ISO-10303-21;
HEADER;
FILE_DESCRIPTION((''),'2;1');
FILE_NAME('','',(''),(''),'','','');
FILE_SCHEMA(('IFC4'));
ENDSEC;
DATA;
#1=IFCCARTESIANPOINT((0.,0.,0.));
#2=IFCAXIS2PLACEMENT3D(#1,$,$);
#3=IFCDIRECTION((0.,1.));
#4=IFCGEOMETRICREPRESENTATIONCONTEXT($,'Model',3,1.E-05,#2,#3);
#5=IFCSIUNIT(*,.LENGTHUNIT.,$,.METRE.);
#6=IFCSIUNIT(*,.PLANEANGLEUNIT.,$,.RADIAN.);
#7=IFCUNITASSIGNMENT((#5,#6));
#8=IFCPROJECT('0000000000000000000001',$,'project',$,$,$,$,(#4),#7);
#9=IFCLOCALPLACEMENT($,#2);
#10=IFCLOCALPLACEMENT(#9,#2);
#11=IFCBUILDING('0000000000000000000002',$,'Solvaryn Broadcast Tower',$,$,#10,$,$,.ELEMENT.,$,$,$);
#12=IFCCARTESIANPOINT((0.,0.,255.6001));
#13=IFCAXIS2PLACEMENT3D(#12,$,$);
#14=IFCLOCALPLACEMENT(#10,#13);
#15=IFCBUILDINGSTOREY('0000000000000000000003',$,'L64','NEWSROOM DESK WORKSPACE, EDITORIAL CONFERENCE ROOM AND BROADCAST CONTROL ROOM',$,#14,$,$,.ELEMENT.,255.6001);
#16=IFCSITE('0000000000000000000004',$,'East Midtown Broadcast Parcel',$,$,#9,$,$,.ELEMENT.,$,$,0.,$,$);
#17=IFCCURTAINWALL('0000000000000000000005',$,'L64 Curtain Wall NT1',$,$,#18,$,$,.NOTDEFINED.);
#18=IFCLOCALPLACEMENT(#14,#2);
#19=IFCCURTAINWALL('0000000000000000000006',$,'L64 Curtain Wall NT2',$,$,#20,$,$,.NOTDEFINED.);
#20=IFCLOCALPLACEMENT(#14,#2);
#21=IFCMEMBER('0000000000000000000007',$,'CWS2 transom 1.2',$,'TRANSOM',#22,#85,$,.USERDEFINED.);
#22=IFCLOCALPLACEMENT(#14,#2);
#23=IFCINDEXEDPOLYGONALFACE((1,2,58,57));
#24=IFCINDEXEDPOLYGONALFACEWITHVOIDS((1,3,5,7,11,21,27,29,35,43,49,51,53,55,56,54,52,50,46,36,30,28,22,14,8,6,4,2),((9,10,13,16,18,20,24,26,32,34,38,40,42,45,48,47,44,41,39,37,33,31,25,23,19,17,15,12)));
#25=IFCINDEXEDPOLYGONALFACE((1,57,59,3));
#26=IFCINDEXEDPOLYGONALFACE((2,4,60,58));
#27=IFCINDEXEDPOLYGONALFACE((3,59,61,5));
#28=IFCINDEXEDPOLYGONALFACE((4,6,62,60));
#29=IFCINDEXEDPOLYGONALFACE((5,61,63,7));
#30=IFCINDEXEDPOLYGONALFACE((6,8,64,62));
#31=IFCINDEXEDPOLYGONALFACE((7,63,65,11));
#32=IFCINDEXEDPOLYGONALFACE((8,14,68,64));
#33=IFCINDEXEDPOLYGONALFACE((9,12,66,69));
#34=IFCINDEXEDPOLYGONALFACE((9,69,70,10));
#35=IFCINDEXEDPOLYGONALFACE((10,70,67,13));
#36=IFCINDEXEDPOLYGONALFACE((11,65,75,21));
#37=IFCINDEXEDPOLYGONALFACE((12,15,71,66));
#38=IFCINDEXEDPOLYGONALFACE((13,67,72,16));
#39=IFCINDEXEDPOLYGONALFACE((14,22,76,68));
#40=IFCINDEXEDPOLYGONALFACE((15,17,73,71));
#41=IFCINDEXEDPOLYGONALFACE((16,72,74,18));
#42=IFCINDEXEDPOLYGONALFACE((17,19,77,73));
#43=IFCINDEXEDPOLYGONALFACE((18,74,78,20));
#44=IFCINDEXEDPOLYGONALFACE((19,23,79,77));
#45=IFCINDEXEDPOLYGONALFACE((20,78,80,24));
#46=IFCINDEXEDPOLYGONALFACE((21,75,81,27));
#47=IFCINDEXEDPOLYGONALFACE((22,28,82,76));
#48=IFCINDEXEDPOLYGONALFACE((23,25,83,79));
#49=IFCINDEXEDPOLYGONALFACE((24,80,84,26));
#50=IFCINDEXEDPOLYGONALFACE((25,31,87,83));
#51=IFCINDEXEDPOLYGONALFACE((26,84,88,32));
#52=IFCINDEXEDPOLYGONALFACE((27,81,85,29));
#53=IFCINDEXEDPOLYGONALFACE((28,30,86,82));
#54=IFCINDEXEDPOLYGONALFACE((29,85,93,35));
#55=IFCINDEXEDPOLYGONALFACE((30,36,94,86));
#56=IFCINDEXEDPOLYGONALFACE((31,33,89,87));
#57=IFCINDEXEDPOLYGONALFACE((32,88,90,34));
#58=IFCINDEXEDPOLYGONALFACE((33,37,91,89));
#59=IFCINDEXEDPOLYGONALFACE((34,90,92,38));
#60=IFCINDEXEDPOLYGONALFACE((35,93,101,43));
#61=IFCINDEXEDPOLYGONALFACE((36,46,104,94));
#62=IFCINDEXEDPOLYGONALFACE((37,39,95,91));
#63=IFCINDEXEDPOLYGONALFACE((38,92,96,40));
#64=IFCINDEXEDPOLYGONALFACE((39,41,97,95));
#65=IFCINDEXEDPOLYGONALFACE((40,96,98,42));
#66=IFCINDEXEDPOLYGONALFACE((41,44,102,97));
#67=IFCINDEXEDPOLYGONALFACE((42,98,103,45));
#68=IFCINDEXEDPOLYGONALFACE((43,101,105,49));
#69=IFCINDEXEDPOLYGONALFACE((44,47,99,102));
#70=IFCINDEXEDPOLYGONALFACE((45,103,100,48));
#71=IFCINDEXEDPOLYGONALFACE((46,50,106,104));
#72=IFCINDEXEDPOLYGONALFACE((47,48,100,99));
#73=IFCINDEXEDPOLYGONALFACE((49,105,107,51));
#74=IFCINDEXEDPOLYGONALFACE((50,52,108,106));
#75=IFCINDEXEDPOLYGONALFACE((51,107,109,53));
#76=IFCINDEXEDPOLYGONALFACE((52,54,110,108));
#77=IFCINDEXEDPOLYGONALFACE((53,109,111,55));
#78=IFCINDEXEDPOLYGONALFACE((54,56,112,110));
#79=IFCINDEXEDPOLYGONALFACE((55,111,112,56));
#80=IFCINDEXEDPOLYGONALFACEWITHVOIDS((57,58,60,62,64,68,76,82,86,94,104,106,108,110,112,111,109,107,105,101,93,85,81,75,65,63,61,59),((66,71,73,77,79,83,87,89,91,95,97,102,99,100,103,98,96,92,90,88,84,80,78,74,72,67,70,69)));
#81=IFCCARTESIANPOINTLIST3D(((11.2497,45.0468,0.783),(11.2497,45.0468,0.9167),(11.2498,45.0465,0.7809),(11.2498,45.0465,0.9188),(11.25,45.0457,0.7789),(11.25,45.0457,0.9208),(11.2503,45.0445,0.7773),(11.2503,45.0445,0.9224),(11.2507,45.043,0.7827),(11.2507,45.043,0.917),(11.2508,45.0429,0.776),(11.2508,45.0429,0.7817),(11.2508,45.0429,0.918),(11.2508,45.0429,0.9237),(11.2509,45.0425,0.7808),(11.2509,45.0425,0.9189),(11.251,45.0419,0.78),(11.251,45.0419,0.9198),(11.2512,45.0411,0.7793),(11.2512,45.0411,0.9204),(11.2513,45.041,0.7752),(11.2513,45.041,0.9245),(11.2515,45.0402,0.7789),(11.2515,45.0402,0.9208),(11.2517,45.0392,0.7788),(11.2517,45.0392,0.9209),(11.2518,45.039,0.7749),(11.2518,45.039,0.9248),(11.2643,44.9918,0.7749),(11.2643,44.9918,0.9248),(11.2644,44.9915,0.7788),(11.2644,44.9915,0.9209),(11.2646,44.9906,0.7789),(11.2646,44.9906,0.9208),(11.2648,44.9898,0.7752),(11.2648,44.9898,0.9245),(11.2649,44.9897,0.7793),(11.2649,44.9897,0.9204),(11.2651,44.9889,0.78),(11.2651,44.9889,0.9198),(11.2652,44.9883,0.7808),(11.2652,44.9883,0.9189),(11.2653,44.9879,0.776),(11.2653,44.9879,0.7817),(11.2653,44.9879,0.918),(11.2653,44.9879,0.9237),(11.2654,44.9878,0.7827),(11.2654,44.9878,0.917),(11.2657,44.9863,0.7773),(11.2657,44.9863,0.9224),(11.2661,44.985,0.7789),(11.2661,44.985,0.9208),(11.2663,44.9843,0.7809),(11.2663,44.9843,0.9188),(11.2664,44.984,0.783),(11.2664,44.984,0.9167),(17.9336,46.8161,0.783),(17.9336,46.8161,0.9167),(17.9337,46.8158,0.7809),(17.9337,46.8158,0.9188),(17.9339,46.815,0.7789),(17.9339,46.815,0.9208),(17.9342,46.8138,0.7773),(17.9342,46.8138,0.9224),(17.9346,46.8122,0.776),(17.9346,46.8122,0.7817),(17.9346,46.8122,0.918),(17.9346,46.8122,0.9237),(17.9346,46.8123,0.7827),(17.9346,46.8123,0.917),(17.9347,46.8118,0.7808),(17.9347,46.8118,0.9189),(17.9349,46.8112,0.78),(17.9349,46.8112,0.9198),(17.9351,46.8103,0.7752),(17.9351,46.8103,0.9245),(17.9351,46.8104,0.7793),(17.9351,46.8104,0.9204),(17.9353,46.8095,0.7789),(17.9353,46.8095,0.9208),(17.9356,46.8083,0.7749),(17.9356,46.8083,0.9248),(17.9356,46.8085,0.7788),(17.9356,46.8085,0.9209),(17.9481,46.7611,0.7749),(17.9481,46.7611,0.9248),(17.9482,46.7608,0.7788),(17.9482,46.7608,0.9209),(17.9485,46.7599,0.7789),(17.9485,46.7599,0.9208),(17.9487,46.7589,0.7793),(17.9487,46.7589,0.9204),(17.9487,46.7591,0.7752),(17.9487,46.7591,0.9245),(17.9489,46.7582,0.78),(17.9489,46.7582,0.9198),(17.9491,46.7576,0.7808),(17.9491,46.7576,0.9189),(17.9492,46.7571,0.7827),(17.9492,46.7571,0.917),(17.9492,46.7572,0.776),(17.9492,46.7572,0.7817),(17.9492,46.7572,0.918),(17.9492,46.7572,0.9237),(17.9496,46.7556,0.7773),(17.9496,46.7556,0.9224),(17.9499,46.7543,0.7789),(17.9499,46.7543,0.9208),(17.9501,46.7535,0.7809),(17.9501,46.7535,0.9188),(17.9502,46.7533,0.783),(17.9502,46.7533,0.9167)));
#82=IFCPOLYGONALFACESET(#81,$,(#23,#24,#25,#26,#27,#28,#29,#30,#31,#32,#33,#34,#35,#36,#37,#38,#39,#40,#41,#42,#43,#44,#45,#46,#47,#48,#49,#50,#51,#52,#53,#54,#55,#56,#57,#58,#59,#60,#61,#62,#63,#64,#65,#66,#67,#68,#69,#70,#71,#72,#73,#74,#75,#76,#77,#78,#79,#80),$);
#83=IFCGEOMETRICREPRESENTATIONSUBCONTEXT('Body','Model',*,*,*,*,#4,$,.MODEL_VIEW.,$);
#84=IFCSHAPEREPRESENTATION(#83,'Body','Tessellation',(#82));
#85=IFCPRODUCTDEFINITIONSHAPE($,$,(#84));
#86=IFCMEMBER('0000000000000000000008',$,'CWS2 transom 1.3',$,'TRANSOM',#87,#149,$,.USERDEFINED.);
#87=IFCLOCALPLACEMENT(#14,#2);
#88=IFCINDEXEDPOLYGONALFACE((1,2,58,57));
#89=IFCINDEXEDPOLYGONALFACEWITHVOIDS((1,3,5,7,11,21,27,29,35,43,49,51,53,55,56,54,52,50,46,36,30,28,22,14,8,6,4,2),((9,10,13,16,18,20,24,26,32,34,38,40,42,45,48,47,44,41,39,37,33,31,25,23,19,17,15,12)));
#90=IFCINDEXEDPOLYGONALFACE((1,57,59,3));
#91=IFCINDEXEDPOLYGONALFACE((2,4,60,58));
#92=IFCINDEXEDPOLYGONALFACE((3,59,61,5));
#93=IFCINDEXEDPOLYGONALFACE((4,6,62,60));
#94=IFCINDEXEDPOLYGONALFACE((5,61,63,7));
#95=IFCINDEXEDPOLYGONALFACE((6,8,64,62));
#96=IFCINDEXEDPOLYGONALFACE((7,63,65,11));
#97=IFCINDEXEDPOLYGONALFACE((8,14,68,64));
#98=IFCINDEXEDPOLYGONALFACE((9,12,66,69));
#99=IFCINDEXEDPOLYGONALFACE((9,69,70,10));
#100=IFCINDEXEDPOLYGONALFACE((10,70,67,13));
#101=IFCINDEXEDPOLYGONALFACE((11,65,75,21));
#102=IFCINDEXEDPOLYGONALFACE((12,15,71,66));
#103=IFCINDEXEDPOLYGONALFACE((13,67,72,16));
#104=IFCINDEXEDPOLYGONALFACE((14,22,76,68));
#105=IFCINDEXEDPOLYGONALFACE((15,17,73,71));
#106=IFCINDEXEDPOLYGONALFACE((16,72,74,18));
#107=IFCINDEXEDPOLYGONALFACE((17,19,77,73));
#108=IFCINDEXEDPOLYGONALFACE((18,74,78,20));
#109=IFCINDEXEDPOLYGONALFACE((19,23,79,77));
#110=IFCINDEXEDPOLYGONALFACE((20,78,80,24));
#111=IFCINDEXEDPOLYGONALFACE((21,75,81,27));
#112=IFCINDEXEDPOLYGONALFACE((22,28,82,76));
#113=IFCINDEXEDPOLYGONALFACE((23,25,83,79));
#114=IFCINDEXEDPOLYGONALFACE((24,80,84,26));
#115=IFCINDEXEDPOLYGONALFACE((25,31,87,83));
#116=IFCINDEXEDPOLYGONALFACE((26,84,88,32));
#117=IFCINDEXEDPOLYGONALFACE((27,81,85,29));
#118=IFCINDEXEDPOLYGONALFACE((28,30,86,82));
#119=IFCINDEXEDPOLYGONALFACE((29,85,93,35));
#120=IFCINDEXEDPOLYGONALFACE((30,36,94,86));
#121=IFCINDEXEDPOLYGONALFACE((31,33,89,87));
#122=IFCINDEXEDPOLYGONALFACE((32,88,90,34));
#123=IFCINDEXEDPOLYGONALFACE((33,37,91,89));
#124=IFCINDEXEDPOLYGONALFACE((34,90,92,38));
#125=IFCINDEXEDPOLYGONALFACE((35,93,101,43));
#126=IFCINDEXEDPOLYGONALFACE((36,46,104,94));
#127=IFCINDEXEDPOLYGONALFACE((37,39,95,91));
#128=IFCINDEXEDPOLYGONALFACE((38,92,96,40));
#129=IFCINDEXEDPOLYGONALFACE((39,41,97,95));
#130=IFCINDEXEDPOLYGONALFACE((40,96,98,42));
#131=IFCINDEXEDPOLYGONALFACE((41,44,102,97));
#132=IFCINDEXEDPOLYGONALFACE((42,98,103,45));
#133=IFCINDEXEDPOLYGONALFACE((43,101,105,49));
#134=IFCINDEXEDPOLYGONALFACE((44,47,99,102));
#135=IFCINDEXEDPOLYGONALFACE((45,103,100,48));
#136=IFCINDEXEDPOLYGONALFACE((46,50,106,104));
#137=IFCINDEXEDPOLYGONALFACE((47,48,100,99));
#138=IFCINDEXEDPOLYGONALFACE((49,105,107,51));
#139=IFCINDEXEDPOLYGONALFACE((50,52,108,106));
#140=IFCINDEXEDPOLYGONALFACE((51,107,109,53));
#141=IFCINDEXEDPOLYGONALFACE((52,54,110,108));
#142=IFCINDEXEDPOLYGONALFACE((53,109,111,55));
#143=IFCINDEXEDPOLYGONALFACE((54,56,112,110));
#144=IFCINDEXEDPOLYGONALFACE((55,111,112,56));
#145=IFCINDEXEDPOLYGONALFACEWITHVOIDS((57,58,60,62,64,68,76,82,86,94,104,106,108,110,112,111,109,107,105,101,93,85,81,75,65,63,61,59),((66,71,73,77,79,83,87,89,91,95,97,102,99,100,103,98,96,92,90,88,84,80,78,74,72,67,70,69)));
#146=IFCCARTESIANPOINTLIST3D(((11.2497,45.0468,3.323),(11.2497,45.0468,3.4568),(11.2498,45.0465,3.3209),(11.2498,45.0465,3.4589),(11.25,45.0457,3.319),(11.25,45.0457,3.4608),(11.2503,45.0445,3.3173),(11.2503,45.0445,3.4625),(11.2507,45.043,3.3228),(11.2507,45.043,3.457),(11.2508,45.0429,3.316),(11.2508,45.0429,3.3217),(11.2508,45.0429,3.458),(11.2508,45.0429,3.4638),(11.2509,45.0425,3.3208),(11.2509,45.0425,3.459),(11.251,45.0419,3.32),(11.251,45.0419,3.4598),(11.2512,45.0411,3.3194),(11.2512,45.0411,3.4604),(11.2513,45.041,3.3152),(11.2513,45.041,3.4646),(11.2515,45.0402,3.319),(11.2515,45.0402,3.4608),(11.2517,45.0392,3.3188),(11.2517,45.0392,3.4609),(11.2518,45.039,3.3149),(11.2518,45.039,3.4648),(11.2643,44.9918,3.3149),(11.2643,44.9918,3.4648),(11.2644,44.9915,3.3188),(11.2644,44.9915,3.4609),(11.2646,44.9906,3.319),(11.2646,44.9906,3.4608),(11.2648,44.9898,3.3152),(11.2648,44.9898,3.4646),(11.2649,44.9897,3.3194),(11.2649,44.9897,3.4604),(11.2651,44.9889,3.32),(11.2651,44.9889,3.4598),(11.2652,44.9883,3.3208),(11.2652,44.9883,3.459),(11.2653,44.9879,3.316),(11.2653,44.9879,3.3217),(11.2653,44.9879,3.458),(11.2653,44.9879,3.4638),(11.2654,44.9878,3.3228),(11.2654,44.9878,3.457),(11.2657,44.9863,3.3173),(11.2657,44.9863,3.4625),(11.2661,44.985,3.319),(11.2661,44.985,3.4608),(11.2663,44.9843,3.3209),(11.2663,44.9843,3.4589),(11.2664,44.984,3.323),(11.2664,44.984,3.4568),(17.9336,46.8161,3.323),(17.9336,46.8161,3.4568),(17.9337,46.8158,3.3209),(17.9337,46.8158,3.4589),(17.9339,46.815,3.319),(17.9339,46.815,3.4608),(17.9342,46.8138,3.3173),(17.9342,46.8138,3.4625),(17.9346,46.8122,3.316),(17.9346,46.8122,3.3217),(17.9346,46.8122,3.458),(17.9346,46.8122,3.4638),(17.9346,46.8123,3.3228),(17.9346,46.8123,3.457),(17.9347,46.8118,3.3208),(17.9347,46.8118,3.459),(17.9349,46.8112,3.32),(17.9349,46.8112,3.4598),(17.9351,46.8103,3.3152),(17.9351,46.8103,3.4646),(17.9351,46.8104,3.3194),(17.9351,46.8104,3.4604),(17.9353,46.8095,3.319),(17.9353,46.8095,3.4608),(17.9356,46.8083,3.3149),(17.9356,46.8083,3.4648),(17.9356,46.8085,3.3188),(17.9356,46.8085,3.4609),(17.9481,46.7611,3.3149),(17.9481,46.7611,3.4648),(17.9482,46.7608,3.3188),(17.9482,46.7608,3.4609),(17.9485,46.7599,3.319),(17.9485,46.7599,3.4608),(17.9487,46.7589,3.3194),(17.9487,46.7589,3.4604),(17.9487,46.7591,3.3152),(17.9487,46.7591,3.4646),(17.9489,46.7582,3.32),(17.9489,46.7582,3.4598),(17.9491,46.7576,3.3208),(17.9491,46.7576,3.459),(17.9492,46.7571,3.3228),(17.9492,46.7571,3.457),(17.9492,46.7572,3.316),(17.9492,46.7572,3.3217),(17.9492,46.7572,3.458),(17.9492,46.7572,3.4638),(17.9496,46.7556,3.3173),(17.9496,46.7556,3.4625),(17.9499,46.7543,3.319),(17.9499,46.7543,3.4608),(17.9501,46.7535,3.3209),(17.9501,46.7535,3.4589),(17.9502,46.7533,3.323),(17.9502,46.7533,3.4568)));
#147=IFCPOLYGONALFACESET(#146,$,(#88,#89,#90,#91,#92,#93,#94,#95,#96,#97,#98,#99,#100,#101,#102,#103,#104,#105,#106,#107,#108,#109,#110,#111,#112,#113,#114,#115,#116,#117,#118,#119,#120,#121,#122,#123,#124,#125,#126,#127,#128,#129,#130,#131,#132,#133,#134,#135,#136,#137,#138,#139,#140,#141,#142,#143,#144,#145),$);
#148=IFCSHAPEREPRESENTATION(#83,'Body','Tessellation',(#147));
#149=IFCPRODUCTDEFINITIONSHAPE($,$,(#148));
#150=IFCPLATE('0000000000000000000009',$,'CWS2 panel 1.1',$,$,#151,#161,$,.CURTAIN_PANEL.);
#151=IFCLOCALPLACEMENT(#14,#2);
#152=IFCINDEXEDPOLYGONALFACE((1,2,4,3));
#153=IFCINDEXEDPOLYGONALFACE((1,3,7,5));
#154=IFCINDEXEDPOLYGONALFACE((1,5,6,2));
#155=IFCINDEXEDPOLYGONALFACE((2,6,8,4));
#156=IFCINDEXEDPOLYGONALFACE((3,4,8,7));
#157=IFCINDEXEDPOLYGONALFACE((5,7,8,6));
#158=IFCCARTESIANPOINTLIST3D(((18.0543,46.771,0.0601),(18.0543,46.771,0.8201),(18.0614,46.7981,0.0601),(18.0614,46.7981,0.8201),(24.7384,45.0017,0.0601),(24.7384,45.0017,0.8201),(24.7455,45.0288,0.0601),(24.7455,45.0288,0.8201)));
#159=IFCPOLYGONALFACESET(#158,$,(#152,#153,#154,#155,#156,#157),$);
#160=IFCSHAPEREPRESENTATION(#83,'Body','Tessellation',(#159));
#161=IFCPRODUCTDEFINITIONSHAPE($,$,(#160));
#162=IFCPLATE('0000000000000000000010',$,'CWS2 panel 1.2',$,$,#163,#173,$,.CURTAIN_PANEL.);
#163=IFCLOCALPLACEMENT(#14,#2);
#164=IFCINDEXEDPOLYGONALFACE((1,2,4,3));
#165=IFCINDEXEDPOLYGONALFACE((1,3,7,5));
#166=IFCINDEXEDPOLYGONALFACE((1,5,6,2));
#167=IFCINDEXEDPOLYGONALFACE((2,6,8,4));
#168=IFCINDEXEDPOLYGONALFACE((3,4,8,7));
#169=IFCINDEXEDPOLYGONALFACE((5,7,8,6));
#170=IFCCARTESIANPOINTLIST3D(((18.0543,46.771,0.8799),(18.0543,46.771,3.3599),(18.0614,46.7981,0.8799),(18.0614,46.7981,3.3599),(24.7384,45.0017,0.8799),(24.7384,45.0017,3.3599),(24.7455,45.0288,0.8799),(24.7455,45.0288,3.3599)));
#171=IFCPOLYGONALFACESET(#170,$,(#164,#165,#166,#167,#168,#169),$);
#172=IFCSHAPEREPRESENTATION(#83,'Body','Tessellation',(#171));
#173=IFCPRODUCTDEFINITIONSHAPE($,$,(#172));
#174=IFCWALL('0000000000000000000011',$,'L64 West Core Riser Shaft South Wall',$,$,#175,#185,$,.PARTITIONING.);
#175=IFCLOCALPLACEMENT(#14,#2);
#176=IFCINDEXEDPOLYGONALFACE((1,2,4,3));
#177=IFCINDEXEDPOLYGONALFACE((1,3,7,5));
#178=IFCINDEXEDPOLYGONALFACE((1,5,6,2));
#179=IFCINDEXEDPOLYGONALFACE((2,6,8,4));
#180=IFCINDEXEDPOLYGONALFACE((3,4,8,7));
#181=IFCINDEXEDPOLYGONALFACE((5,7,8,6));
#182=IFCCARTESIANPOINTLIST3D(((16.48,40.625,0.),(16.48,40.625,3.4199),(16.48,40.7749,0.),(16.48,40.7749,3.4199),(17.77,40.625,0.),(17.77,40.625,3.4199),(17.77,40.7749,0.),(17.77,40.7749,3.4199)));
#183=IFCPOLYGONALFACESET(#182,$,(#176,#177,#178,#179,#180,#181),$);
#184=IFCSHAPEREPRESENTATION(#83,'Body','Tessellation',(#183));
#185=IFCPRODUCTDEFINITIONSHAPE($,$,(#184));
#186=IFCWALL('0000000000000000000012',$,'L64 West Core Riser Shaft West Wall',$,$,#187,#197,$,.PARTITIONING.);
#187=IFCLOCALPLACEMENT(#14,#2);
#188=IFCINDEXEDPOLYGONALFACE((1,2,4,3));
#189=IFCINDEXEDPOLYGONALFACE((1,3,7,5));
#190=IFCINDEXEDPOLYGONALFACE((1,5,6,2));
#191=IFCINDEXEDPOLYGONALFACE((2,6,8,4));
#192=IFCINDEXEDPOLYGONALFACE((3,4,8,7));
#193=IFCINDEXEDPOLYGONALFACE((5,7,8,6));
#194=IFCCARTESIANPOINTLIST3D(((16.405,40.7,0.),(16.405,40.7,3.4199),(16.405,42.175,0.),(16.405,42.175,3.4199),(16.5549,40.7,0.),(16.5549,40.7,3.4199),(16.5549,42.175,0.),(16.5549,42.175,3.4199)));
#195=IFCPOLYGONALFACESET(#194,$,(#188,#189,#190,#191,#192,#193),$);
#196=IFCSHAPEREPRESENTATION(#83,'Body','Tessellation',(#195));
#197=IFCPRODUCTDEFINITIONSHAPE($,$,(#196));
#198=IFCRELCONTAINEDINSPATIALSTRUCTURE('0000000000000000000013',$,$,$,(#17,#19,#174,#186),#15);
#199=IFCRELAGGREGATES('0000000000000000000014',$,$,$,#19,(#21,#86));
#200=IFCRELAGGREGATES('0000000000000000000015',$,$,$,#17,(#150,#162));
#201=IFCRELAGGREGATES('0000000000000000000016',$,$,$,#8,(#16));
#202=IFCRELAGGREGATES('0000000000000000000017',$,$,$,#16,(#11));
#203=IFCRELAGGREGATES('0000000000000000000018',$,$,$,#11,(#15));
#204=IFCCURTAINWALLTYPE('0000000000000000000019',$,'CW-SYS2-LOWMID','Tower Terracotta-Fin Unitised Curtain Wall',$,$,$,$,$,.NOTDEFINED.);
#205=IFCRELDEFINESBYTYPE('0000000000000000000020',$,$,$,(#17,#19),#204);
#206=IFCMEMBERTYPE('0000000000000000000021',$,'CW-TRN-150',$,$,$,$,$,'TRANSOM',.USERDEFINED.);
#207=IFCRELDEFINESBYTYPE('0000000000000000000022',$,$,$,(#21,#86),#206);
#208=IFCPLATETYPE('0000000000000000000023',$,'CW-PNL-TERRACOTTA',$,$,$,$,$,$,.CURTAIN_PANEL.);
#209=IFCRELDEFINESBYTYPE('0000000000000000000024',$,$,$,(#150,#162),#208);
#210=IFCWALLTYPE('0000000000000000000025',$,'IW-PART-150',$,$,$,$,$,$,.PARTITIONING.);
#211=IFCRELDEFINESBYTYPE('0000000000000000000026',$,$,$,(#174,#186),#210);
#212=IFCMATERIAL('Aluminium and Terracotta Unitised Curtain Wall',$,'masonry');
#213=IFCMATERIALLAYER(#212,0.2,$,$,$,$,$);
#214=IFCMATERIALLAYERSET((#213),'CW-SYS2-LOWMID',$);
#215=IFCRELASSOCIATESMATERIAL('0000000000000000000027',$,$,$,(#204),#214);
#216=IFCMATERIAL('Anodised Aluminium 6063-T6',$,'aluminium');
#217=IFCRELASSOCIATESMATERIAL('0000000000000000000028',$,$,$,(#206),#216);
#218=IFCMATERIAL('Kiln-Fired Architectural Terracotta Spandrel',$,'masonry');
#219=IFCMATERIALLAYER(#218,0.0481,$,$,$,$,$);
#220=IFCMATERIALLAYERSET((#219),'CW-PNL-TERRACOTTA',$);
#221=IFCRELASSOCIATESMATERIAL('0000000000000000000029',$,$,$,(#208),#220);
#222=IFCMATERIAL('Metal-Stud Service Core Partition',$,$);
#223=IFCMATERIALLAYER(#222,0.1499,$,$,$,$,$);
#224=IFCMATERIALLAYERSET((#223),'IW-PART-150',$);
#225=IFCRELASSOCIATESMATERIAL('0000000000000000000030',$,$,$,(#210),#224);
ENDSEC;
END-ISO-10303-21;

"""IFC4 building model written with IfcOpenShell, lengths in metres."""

from ifc_helpers import new_model, si_unit, direction, frame, frame_2d, origin, origin_2d, place, context, subcontext, project, spatial, rectangle, hollow_rectangle, extrude, material, layer, layer_set, material_profile, profile_set, type_object, element, aggregate, save


model = new_model("IFC4")

# Units and contexts
model_context = context("Model", 3, precision=1e-05, world=origin(), true_north=direction((0.0, 1.0)))
body_context = subcontext(model_context, "Body", "Model", "MODEL_VIEW")
ifc_project = project(units=[si_unit("LENGTHUNIT", "METRE"), si_unit("PLANEANGLEUNIT", "RADIAN")], contexts=[model_context])

# Site, building, storey
site_placement = place(None, origin())
site = spatial("IfcSite", under=ifc_project, at=site_placement, Name="East Midtown Broadcast Parcel", CompositionType="ELEMENT", RefElevation=0.0)
building_placement = place(site_placement, origin())
building = spatial("IfcBuilding", under=site, at=building_placement, Name="Solvaryn Broadcast Tower", CompositionType="ELEMENT")
storey_placement = place(building_placement, frame((0.0, 0.0, 255.6001)))
storey = spatial("IfcBuildingStorey", under=building, at=storey_placement, Name="L64", Description="NEWSROOM DESK WORKSPACE, EDITORIAL CONFERENCE ROOM AND BROADCAST CONTROL ROOM", CompositionType="ELEMENT", Elevation=255.6001)

# Curtain wall
ifc_material_1 = material(Name="Aluminium and Terracotta Unitised Curtain Wall", Category="masonry")
ifc_layer_1 = layer(ifc_material_1, 0.2)
ifc_layer_set_1 = layer_set([ifc_layer_1], Name="CW-SYS2-LOWMID")
curtain_wall_type = type_object("IfcCurtainWallType", Name="CW-SYS2-LOWMID", Description="Tower Terracotta-Fin Unitised Curtain Wall", PredefinedType="NOTDEFINED", material=ifc_layer_set_1)
curtain_wall_1_placement = place(storey_placement, origin())
curtain_wall_1 = element("IfcCurtainWall", 1, at=curtain_wall_1_placement, inside=storey, type_object=curtain_wall_type, Name="L64 Curtain Wall NT1", PredefinedType="NOTDEFINED")

# Curtain wall, members
curtain_wall_2_placement = place(storey_placement, origin())
curtain_wall_2 = element("IfcCurtainWall", 2, at=curtain_wall_2_placement, inside=storey, type_object=curtain_wall_type, Name="L64 Curtain Wall NT2", PredefinedType="NOTDEFINED")
ifc_material_2 = material(Name="Anodised Aluminium 6063-T6", Category="aluminium")
ifc_material_profile_1 = material_profile(ifc_material_2, hollow_rectangle(XDim=0.0649, YDim=0.1499, WallThickness=0.0039, InnerFilletRadius=0.0039, OuterFilletRadius=0.0081, at=origin_2d()))
ifc_profile_set_1 = profile_set([ifc_material_profile_1], Name="Anodised Aluminium 6063-T6")
member_type_1 = type_object("IfcMemberType", Name="CW-TRN-150", ElementType="TRANSOM", PredefinedType="USERDEFINED", material=ifc_profile_set_1)
member_1_placement = place(storey_placement, frame((17.9419, 46.7847, 0.8499), z_axis=(-0.966704, -0.255897, 0.0), x_axis=(0.255897, -0.966704, 0.0)))
member_1 = element("IfcMember", 3, at=member_1_placement, type_object=member_type_1, Name="CWS2 transom 1.2", ObjectType="TRANSOM", PredefinedType="USERDEFINED", context=body_context, shape_type="SweptSolid", body=[
    extrude(hollow_rectangle(XDim=0.0649, YDim=0.1499, WallThickness=0.0039, InnerFilletRadius=0.0039, OuterFilletRadius=0.0081, at=origin_2d()), origin(), (0.0, 0.0, 1.0), 6.9141),
])
member_2_placement = place(storey_placement, frame((17.9419, 46.7847, 3.3899), z_axis=(-0.966704, -0.255897, 0.0), x_axis=(0.255897, -0.966704, 0.0)))
member_2 = element("IfcMember", 4, at=member_2_placement, type_object=member_type_1, Name="CWS2 transom 1.3", ObjectType="TRANSOM", PredefinedType="USERDEFINED", context=body_context, shape_type="SweptSolid", body=[
    extrude(hollow_rectangle(XDim=0.0649, YDim=0.1499, WallThickness=0.0039, InnerFilletRadius=0.0039, OuterFilletRadius=0.0081, at=origin_2d()), origin(), (0.0, 0.0, 1.0), 6.9141),
])
aggregate(curtain_wall_2, [member_1, member_2])

# Plates
ifc_material_3 = material(Name="Kiln-Fired Architectural Terracotta Spandrel", Category="masonry")
ifc_layer_2 = layer(ifc_material_3, 0.0481)
ifc_layer_set_2 = layer_set([ifc_layer_2], Name="CW-PNL-TERRACOTTA")
plate_type = type_object("IfcPlateType", Name="CW-PNL-TERRACOTTA", PredefinedType="CURTAIN_PANEL", material=ifc_layer_set_2)
plate_1_placement = place(storey_placement, frame((21.3999, 45.8999, 0.0601), z_axis=(0.0, 0.0, 1.0), x_axis=(-0.966705, 0.255893, 0.0)))
plate_1 = element("IfcPlate", 5, at=plate_1_placement, type_object=plate_type, Name="CWS2 panel 1.1", PredefinedType="CURTAIN_PANEL", context=body_context, shape_type="SweptSolid", body=[
    extrude(rectangle(XDim=6.9143, YDim=0.0281, at=origin_2d()), origin(), (0.0, 0.0, 1.0), 0.76),
])
plate_2_placement = place(storey_placement, frame((21.3999, 45.8999, 0.8799), z_axis=(0.0, 0.0, 1.0), x_axis=(-0.966705, 0.255893, 0.0)))
plate_2 = element("IfcPlate", 6, at=plate_2_placement, type_object=plate_type, Name="CWS2 panel 1.2", PredefinedType="CURTAIN_PANEL", context=body_context, shape_type="SweptSolid", body=[
    extrude(rectangle(XDim=6.9143, YDim=0.0281, at=origin_2d()), origin(), (0.0, 0.0, 1.0), 2.48),
])
aggregate(curtain_wall_1, [plate_1, plate_2])

# Walls
ifc_material_4 = material(Name="Metal-Stud Service Core Partition")
ifc_layer_3 = layer(ifc_material_4, 0.1499)
ifc_layer_set_3 = layer_set([ifc_layer_3], Name="IW-PART-150")
wall_type_1 = type_object("IfcWallType", Name="IW-PART-150", PredefinedType="PARTITIONING", material=ifc_layer_set_3)
wall_1_placement = place(storey_placement, frame((16.48, 40.7, 0.0), z_axis=(0.0, 0.0, 1.0), x_axis=(1.0, 0.0, 0.0)))
element("IfcWall", 7, at=wall_1_placement, inside=storey, type_object=wall_type_1, Name="L64 West Core Riser Shaft South Wall", PredefinedType="PARTITIONING", context=body_context, shape_type="SweptSolid", body=[
    extrude(rectangle(XDim=1.29, YDim=0.1499, at=frame_2d((0.645, 0.0))), origin(), (0.0, 0.0, 1.0), 3.4199),
])
wall_2_placement = place(storey_placement, frame((16.48, 40.7, 0.0), z_axis=(0.0, 0.0, 1.0), x_axis=(0.0, 1.0, 0.0)))
element("IfcWall", 8, at=wall_2_placement, inside=storey, type_object=wall_type_1, Name="L64 West Core Riser Shaft West Wall", PredefinedType="PARTITIONING", context=body_context, shape_type="SweptSolid", body=[
    extrude(rectangle(XDim=1.4751, YDim=0.1499, at=frame_2d((0.7375, 0.0))), origin(), (0.0, 0.0, 1.0), 3.4199),
])

save(model, "model.ifc")
